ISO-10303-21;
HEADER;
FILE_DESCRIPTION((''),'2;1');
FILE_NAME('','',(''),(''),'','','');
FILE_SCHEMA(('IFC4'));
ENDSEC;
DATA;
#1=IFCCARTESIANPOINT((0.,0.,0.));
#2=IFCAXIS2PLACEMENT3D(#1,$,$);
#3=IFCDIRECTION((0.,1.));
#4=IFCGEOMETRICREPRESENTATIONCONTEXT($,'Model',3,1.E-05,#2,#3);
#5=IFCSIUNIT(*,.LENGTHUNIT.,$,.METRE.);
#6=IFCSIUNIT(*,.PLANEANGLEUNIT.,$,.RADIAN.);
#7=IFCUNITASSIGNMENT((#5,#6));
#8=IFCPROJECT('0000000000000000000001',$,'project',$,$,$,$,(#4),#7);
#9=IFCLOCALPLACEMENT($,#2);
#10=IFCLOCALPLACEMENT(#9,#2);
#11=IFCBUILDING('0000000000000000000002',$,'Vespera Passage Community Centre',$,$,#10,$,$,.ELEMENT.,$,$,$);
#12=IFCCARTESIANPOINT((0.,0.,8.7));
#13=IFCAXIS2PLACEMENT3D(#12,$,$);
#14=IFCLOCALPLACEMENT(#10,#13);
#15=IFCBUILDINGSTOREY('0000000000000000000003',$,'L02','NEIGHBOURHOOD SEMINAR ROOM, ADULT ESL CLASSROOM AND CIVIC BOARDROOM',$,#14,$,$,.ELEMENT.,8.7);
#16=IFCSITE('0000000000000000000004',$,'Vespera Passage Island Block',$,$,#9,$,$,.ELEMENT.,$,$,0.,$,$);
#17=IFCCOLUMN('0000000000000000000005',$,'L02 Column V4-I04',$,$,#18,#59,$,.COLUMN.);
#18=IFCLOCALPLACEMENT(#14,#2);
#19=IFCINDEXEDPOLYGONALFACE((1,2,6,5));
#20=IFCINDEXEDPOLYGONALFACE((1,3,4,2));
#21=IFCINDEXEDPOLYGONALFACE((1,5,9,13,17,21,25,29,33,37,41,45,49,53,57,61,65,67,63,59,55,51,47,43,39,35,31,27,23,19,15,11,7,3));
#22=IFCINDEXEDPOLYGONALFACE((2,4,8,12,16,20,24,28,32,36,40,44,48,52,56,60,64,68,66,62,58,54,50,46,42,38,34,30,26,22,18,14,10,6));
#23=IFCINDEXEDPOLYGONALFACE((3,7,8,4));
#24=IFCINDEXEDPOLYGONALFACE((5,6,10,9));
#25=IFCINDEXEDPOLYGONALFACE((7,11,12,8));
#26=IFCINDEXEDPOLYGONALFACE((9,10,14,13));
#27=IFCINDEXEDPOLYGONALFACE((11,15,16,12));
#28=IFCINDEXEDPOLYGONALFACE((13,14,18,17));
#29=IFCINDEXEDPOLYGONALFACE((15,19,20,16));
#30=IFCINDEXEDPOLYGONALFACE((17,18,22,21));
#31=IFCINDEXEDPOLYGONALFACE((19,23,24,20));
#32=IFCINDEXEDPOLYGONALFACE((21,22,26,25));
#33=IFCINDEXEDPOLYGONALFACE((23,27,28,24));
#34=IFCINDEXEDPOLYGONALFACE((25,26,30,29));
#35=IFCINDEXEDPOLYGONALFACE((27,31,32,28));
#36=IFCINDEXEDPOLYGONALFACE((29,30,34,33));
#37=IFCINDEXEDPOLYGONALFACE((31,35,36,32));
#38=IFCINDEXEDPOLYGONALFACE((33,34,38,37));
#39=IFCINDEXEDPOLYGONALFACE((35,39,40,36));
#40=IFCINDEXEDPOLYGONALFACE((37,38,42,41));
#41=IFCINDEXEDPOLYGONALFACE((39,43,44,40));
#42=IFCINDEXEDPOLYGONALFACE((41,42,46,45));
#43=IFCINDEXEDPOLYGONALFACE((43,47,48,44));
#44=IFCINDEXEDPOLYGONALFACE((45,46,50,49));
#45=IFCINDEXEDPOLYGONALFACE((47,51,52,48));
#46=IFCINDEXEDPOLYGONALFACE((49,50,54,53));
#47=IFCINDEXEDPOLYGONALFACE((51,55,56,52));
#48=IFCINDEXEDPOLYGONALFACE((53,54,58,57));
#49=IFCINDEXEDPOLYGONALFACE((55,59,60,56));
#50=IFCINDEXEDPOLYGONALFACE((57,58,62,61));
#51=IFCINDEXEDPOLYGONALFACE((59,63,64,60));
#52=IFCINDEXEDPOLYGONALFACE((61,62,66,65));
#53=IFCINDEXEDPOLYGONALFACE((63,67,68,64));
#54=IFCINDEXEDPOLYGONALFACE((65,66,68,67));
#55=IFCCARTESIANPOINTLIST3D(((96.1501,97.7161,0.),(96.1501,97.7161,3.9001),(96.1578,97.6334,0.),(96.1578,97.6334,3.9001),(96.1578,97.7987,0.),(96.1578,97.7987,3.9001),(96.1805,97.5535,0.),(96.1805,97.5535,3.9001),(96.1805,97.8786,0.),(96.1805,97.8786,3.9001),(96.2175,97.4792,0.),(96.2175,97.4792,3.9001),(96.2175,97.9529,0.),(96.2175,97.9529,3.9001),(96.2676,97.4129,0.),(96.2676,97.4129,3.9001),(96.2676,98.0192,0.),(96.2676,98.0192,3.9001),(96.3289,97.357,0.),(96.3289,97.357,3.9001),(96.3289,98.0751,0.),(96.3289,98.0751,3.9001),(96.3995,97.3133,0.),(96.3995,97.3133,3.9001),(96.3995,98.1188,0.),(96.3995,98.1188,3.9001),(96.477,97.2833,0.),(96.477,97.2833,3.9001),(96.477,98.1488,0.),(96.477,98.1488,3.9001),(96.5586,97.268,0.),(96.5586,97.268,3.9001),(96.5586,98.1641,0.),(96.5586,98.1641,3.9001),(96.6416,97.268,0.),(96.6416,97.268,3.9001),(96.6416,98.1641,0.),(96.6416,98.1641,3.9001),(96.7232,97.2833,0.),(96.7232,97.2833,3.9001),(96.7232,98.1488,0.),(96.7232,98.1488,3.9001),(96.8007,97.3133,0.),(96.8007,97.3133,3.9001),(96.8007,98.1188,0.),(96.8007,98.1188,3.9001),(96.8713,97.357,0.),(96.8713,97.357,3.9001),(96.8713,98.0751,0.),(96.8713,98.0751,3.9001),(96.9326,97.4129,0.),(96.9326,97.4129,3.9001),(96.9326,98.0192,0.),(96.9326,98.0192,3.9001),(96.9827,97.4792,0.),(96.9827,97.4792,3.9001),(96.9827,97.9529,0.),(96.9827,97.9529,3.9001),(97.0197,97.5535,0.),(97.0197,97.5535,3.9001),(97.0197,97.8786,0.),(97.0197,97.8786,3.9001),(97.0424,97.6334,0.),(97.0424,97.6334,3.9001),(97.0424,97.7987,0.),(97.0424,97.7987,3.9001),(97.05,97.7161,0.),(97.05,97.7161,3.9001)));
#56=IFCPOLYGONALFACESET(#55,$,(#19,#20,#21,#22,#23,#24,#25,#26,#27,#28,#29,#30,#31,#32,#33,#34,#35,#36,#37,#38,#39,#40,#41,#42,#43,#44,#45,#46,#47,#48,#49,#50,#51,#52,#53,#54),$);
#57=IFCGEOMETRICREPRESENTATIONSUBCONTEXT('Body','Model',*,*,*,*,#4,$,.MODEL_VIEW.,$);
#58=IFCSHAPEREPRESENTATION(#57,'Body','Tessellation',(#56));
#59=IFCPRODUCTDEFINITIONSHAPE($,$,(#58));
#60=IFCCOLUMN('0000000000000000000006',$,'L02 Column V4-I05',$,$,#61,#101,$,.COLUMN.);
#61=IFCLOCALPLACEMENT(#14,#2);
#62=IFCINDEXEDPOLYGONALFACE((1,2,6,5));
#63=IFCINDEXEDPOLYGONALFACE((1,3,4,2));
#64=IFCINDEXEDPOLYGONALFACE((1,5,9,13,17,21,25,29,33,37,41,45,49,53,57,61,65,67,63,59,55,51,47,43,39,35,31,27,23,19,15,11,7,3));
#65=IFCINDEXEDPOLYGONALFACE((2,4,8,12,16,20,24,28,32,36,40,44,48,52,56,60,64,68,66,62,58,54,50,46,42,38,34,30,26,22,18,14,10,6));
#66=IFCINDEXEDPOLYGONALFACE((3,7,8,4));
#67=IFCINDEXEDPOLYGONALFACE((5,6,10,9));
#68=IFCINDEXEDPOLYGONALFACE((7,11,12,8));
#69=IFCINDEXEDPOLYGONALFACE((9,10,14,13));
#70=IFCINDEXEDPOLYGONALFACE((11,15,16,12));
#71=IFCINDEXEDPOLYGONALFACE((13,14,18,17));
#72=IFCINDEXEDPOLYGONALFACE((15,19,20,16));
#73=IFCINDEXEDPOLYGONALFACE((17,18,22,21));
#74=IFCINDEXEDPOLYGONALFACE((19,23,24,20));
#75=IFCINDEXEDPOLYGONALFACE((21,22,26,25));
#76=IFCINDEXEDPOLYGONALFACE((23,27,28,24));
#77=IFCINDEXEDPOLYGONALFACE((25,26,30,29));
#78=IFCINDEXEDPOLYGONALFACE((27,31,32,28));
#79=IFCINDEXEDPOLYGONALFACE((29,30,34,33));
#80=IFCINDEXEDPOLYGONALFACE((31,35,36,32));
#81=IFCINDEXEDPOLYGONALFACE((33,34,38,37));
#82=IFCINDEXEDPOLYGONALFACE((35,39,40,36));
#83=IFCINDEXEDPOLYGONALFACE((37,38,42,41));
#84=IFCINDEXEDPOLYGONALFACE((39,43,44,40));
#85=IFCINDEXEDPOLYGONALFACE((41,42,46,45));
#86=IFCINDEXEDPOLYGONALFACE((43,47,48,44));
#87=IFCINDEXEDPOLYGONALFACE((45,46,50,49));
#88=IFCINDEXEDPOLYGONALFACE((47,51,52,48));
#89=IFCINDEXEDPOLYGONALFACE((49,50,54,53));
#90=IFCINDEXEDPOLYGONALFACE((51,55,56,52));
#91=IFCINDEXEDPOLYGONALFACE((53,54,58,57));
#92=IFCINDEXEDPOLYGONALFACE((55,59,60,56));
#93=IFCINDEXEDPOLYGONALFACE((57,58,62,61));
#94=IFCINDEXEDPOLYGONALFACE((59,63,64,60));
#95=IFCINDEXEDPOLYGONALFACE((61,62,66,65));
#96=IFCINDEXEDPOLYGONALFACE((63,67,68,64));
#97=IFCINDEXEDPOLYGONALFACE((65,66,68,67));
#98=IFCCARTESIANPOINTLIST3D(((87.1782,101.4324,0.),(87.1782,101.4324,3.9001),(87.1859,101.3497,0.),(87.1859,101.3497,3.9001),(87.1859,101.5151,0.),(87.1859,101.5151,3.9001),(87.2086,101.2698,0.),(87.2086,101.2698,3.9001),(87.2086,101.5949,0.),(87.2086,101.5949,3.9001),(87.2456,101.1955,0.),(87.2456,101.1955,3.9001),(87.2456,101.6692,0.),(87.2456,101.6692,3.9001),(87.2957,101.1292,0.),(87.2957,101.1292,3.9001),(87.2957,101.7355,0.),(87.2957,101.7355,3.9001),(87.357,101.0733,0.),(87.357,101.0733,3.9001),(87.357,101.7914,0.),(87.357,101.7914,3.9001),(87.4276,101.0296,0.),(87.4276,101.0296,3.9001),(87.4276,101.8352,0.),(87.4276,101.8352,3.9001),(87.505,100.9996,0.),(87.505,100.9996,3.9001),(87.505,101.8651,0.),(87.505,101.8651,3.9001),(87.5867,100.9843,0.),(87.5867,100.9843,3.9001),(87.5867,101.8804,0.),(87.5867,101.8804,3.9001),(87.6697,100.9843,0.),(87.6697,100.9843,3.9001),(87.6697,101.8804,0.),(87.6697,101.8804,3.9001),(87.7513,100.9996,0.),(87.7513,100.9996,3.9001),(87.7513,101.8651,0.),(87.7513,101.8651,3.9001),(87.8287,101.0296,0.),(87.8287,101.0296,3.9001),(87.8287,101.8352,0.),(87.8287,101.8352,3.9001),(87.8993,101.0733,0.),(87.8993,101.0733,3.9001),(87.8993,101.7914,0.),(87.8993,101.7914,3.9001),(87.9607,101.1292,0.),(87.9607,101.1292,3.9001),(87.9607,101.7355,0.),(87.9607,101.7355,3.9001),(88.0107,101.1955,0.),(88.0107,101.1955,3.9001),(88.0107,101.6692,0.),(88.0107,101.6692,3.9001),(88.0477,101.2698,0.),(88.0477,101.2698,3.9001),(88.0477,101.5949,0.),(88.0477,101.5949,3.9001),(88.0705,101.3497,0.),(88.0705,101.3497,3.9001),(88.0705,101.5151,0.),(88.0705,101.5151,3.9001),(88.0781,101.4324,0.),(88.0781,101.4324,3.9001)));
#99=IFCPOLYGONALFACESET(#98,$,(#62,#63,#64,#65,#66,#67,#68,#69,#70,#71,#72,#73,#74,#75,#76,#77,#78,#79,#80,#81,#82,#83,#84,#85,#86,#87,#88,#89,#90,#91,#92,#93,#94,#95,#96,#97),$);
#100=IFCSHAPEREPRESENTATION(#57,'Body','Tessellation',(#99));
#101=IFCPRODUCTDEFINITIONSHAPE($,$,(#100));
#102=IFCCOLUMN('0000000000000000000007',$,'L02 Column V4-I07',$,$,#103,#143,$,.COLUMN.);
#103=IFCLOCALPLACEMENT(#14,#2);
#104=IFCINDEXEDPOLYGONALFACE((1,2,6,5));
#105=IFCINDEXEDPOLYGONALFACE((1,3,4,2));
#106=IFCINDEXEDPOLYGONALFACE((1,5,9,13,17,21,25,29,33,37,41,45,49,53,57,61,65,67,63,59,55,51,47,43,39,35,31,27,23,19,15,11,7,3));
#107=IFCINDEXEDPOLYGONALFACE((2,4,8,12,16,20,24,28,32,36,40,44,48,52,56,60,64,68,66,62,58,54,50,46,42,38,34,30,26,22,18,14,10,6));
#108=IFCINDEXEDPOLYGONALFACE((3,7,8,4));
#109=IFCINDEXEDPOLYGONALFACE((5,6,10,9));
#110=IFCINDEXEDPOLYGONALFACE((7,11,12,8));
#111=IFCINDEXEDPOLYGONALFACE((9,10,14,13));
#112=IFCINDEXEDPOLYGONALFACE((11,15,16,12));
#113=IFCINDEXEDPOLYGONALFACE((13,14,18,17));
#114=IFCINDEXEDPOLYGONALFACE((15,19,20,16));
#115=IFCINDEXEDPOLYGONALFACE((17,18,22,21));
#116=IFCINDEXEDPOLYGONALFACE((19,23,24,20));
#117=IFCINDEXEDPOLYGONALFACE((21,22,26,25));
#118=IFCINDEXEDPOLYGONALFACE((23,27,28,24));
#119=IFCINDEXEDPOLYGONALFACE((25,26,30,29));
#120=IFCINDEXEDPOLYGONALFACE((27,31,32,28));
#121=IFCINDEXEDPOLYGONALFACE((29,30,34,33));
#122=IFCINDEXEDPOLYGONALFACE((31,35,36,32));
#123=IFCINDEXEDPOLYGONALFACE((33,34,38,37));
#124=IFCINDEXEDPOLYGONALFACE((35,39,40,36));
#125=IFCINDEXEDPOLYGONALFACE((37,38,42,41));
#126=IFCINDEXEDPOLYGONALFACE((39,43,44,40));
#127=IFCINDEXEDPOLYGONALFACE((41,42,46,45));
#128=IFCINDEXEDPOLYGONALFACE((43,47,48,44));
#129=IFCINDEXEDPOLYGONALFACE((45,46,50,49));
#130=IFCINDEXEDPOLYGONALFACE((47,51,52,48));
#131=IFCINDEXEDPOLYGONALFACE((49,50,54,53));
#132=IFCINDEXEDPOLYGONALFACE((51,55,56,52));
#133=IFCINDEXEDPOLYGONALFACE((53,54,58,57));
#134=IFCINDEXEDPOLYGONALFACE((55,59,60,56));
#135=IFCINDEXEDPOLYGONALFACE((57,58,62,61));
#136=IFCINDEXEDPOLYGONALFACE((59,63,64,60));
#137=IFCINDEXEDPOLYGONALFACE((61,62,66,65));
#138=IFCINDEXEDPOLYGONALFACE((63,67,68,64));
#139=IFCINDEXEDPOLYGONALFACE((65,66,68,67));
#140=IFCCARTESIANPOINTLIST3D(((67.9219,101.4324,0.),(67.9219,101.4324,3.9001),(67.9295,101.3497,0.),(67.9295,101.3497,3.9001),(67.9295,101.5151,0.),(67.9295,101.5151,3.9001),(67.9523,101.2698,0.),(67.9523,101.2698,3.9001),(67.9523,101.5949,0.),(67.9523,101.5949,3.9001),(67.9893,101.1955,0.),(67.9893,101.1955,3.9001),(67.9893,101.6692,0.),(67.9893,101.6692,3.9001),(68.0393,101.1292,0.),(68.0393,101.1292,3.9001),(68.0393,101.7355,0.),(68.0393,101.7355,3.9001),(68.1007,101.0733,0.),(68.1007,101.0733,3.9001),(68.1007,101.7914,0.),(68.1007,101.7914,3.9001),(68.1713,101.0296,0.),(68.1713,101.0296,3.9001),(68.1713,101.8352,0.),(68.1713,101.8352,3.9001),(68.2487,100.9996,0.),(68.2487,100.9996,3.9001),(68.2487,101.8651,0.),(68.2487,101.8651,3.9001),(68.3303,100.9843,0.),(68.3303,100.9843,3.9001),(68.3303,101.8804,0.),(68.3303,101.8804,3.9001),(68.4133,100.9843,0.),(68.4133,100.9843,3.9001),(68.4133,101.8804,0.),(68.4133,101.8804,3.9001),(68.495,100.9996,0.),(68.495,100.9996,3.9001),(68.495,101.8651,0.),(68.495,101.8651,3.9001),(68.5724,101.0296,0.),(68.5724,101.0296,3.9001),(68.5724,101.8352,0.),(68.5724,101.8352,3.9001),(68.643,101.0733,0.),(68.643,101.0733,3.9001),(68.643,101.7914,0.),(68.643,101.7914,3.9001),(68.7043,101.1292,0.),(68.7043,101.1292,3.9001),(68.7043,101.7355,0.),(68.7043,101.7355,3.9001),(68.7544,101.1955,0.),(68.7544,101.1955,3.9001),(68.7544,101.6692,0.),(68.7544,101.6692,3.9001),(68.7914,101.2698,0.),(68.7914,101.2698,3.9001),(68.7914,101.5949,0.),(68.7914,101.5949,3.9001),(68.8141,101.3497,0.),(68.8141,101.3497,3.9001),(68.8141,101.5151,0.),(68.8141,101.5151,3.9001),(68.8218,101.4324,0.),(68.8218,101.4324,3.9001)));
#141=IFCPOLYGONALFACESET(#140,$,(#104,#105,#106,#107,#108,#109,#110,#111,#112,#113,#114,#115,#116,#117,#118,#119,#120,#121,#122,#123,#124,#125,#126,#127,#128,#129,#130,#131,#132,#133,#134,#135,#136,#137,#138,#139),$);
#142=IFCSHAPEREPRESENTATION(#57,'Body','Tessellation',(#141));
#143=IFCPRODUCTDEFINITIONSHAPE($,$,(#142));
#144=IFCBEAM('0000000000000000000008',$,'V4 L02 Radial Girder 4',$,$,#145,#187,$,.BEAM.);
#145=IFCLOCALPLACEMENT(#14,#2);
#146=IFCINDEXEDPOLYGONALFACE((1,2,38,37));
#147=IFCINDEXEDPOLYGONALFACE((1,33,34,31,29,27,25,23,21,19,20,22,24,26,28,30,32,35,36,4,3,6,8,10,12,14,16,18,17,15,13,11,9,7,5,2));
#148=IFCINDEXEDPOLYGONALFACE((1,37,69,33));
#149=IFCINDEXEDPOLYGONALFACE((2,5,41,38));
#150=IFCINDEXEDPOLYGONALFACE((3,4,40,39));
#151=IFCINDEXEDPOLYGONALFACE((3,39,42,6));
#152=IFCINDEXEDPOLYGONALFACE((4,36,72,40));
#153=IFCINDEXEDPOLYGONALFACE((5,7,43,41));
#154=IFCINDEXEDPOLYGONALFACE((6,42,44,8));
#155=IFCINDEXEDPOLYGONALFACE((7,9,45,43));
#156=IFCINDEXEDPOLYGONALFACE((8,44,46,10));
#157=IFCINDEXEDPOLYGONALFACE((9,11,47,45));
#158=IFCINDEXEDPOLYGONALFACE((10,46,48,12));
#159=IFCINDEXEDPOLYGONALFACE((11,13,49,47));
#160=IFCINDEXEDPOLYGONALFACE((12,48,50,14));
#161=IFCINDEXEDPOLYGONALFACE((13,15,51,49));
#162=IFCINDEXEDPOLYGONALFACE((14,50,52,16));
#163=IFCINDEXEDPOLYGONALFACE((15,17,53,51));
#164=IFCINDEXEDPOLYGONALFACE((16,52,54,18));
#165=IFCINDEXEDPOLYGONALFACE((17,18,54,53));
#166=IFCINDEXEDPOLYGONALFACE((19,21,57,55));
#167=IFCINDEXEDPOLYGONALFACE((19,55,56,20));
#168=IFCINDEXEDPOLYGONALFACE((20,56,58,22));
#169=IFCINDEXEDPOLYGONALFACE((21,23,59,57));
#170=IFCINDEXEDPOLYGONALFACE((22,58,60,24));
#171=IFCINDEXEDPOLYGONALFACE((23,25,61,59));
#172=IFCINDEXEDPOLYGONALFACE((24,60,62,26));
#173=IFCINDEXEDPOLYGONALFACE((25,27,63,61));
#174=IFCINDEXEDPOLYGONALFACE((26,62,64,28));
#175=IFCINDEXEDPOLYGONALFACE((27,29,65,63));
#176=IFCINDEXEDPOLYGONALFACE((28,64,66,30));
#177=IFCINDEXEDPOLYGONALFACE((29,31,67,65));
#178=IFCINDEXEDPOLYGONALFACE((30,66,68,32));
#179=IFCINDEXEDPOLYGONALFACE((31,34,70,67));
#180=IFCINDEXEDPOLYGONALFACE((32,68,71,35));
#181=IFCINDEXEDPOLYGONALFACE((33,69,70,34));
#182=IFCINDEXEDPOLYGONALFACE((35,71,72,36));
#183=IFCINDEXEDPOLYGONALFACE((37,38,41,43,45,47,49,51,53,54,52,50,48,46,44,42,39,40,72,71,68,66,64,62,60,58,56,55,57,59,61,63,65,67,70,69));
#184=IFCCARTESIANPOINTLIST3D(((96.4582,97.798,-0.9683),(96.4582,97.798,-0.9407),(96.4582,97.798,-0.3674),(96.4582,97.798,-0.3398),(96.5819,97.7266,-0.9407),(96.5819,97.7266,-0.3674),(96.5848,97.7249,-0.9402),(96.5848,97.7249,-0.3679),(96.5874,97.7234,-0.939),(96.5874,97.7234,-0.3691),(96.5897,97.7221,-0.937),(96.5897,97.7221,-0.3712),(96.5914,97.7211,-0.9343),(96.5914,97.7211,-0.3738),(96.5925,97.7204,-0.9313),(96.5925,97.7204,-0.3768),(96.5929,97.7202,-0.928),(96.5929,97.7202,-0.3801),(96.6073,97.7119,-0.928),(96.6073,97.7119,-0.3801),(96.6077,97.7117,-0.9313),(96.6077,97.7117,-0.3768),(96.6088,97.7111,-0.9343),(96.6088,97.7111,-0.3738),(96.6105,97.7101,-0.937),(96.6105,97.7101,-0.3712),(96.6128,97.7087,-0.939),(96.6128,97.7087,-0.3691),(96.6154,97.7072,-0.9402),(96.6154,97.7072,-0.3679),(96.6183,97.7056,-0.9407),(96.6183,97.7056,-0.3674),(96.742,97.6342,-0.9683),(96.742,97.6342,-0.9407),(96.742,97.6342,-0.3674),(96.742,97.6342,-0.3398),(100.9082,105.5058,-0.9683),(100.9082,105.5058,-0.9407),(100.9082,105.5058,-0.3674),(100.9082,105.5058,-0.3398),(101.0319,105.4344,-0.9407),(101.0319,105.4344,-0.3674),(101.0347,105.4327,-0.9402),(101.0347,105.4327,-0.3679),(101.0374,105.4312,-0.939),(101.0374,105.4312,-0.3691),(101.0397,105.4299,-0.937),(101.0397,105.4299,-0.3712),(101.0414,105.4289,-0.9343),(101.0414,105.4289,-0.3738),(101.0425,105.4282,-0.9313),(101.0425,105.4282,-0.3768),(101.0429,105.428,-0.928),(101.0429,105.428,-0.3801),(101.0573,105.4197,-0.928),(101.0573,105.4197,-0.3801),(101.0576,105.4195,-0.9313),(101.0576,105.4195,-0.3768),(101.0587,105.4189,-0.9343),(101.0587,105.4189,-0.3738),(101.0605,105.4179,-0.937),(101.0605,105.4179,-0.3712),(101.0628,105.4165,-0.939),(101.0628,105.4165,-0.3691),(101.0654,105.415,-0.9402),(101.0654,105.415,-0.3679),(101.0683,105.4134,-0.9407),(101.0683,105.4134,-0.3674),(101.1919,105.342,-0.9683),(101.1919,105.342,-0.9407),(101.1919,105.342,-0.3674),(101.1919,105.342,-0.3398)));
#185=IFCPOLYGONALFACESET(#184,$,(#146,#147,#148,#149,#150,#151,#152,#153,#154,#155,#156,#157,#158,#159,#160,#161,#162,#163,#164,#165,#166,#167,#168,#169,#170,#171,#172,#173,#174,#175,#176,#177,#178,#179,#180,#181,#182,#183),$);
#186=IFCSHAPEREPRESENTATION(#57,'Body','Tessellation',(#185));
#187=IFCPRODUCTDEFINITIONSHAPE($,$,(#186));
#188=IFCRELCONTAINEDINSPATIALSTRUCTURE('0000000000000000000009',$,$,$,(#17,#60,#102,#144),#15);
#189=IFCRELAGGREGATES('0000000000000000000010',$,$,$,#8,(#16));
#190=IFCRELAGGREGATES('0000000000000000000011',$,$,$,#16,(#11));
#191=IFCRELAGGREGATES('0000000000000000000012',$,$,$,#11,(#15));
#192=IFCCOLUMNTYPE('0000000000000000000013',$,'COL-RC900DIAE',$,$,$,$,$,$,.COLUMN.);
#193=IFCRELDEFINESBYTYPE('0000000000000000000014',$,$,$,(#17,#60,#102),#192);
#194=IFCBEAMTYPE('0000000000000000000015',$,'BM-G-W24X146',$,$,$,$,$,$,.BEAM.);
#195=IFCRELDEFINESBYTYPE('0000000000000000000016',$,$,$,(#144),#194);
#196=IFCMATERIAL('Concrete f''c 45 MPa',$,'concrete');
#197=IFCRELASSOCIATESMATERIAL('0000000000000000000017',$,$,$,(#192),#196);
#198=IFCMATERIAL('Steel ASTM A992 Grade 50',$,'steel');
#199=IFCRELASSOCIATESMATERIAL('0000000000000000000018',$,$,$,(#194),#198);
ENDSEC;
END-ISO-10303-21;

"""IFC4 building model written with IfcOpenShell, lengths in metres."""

from ifc_helpers import new_model, si_unit, direction, frame, origin, origin_2d, place, context, subcontext, project, spatial, circle, i_section, extrude, material, material_profile, profile_set, type_object, element, save


model = new_model("IFC4")

# Units and contexts
model_context = context("Model", 3, precision=1e-05, world=origin(), true_north=direction((0.0, 1.0)))
body_context = subcontext(model_context, "Body", "Model", "MODEL_VIEW")
ifc_project = project(units=[si_unit("LENGTHUNIT", "METRE"), si_unit("PLANEANGLEUNIT", "RADIAN")], contexts=[model_context])

# Site, building, storey
site_placement = place(None, origin())
site = spatial("IfcSite", under=ifc_project, at=site_placement, Name="Vespera Passage Island Block", CompositionType="ELEMENT", RefElevation=0.0)
building_placement = place(site_placement, origin())
building = spatial("IfcBuilding", under=site, at=building_placement, Name="Vespera Passage Community Centre", CompositionType="ELEMENT")
storey_placement = place(building_placement, frame((0.0, 0.0, 8.7)))
storey = spatial("IfcBuildingStorey", under=building, at=storey_placement, Name="L02", Description="NEIGHBOURHOOD SEMINAR ROOM, ADULT ESL CLASSROOM AND CIVIC BOARDROOM", CompositionType="ELEMENT", Elevation=8.7)

# Columns
ifc_material_1 = material(Name="Concrete f'c 45 MPa", Category="concrete")
ifc_material_profile_1 = material_profile(ifc_material_1, circle(Radius=0.45, at=origin_2d()), Name="RC900DIA")
ifc_profile_set_1 = profile_set([ifc_material_profile_1], Name="Concrete f'c 45 MPa")
column_type = type_object("IfcColumnType", Name="COL-RC900DIAE", PredefinedType="COLUMN", material=ifc_profile_set_1)
for number, where, z_axis, x_axis, name in (
    (1, (96.6001, 97.7161, 0.0), (0.0, 0.0, 1.0), (1.0, 0.0, 0.0), "L02 Column V4-I04"),
    (2, (87.6282, 101.4324, 0.0), (0.0, 0.0, 1.0), (1.0, 0.0, 0.0), "L02 Column V4-I05"),
    (3, (68.3718, 101.4324, 0.0), (0.0, 0.0, 1.0), (1.0, 0.0, 0.0), "L02 Column V4-I07"),
):
    element("IfcColumn", number, at=place(storey_placement, frame(where, z_axis=z_axis, x_axis=x_axis)), inside=storey, type_object=column_type, Name=name, PredefinedType="COLUMN", context=body_context, shape_type="SweptSolid", body=[
        extrude(circle(Radius=0.45, at=origin_2d()), origin(), (0.0, 0.0, 1.0), 3.9001),
    ])

# Beam
ifc_material_2 = material(Name="Steel ASTM A992 Grade 50", Category="steel")
ifc_material_profile_2 = material_profile(ifc_material_2, i_section(OverallWidth=0.3276, OverallDepth=0.6284, WebThickness=0.0166, FlangeThickness=0.0276, FilletRadius=0.0127, at=origin_2d()), Name="W24X146")
ifc_profile_set_2 = profile_set([ifc_material_profile_2], Name="Steel ASTM A992 Grade 50")
beam_type_1 = type_object("IfcBeamType", Name="BM-G-W24X146", PredefinedType="BEAM", material=ifc_profile_set_2)
for number, where, z_axis, x_axis, name in (
    (4, (96.6001, 97.7161, -0.6541), (0.499989, 0.866032, 0.0), (-0.866032, 0.499989, 0.0), "V4 L02 Radial Girder 4"),
):
    element("IfcBeam", number, at=place(storey_placement, frame(where, z_axis=z_axis, x_axis=x_axis)), inside=storey, type_object=beam_type_1, Name=name, PredefinedType="BEAM", context=body_context, shape_type="SweptSolid", body=[
        extrude(i_section(OverallWidth=0.3276, OverallDepth=0.6284, WebThickness=0.0166, FlangeThickness=0.0276, FilletRadius=0.0127, at=origin_2d()), origin(), (0.0, 0.0, 1.0), 8.9001),
    ])

save(model, "model.ifc")
